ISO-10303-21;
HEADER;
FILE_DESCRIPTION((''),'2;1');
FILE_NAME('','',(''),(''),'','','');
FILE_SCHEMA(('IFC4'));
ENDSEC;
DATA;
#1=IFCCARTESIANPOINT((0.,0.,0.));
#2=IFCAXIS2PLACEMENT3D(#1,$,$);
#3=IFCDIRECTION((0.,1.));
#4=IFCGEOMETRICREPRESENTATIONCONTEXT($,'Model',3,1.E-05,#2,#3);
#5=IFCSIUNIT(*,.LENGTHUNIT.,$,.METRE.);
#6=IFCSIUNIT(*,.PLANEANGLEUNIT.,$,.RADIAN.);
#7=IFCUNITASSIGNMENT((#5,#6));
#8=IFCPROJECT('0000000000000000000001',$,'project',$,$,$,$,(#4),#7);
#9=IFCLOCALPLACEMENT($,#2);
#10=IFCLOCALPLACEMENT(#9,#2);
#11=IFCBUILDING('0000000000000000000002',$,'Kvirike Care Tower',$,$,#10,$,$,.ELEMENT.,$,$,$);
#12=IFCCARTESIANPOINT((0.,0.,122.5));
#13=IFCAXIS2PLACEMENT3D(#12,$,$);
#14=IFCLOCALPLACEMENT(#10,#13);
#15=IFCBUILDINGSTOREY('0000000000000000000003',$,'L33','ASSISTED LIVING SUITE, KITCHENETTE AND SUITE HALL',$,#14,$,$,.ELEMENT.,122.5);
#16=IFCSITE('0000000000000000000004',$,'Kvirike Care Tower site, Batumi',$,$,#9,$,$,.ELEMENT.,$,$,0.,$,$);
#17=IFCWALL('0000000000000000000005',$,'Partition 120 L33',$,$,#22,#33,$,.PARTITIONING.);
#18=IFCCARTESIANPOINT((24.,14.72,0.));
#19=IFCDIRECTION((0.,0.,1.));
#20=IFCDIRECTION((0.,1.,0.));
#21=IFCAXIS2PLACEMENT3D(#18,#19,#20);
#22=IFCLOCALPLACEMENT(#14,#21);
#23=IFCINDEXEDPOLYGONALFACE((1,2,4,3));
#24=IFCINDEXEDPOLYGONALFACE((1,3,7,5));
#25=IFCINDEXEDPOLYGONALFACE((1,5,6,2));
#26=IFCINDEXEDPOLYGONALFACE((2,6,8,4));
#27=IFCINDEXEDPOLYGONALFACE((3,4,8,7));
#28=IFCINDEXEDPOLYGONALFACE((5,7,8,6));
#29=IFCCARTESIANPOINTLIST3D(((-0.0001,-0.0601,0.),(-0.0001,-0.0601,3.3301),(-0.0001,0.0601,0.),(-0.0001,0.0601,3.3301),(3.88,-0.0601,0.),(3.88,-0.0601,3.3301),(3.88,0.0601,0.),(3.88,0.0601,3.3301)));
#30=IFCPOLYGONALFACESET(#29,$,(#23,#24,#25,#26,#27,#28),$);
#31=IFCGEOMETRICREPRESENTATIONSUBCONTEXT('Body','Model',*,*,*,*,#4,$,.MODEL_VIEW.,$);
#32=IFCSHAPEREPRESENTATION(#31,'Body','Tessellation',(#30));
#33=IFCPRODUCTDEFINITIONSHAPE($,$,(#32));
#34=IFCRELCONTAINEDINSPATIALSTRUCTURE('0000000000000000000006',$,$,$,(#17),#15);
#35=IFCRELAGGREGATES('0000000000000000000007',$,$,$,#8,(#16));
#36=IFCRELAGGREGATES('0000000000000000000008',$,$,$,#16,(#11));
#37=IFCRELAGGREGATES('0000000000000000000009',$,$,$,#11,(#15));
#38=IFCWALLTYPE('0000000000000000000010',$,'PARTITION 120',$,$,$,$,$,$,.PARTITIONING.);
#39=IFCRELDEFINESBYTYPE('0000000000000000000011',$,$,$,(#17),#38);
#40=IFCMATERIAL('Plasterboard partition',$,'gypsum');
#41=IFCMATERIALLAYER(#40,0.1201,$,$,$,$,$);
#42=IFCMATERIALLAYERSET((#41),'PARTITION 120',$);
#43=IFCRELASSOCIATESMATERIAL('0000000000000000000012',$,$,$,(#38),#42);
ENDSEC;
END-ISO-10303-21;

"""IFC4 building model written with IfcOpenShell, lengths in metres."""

from ifc_helpers import new_model, si_unit, direction, frame, frame_2d, origin, place, context, subcontext, project, spatial, rectangle, extrude, material, layer, layer_set, type_object, element, save


model = new_model("IFC4")

# Units and contexts
model_context = context("Model", 3, precision=1e-05, world=origin(), true_north=direction((0.0, 1.0)))
body_context = subcontext(model_context, "Body", "Model", "MODEL_VIEW")
ifc_project = project(units=[si_unit("LENGTHUNIT", "METRE"), si_unit("PLANEANGLEUNIT", "RADIAN")], contexts=[model_context])

# Site, building, storey
site_placement = place(None, origin())
site = spatial("IfcSite", under=ifc_project, at=site_placement, Name="Kvirike Care Tower site, Batumi", CompositionType="ELEMENT", RefElevation=0.0)
building_placement = place(site_placement, origin())
building = spatial("IfcBuilding", under=site, at=building_placement, Name="Kvirike Care Tower", CompositionType="ELEMENT")
storey_placement = place(building_placement, frame((0.0, 0.0, 122.5)))
storey = spatial("IfcBuildingStorey", under=building, at=storey_placement, Name="L33", Description="ASSISTED LIVING SUITE, KITCHENETTE AND SUITE HALL", CompositionType="ELEMENT", Elevation=122.5)

# Shared definitions
ifc_material_1 = material(Name="Plasterboard partition", Category="gypsum")
ifc_layer_1 = layer(ifc_material_1, 0.1201)
ifc_layer_set_1 = layer_set([ifc_layer_1], Name="PARTITION 120")
wall_type_1 = type_object("IfcWallType", Name="PARTITION 120", PredefinedType="PARTITIONING", material=ifc_layer_set_1)

# Wall
wall_1_placement = place(storey_placement, frame((24.0, 14.72, 0.0), z_axis=(0.0, 0.0, 1.0), x_axis=(0.0, 1.0, 0.0)))
element("IfcWall", 1, at=wall_1_placement, inside=storey, type_object=wall_type_1, Name="Partition 120 L33", PredefinedType="PARTITIONING", context=body_context, shape_type="SweptSolid", body=[
    extrude(rectangle(XDim=3.8801, YDim=0.1201, at=frame_2d((1.9399, 0.0))), origin(), (0.0, 0.0, 1.0), 3.3301),
])

save(model, "model.ifc")
